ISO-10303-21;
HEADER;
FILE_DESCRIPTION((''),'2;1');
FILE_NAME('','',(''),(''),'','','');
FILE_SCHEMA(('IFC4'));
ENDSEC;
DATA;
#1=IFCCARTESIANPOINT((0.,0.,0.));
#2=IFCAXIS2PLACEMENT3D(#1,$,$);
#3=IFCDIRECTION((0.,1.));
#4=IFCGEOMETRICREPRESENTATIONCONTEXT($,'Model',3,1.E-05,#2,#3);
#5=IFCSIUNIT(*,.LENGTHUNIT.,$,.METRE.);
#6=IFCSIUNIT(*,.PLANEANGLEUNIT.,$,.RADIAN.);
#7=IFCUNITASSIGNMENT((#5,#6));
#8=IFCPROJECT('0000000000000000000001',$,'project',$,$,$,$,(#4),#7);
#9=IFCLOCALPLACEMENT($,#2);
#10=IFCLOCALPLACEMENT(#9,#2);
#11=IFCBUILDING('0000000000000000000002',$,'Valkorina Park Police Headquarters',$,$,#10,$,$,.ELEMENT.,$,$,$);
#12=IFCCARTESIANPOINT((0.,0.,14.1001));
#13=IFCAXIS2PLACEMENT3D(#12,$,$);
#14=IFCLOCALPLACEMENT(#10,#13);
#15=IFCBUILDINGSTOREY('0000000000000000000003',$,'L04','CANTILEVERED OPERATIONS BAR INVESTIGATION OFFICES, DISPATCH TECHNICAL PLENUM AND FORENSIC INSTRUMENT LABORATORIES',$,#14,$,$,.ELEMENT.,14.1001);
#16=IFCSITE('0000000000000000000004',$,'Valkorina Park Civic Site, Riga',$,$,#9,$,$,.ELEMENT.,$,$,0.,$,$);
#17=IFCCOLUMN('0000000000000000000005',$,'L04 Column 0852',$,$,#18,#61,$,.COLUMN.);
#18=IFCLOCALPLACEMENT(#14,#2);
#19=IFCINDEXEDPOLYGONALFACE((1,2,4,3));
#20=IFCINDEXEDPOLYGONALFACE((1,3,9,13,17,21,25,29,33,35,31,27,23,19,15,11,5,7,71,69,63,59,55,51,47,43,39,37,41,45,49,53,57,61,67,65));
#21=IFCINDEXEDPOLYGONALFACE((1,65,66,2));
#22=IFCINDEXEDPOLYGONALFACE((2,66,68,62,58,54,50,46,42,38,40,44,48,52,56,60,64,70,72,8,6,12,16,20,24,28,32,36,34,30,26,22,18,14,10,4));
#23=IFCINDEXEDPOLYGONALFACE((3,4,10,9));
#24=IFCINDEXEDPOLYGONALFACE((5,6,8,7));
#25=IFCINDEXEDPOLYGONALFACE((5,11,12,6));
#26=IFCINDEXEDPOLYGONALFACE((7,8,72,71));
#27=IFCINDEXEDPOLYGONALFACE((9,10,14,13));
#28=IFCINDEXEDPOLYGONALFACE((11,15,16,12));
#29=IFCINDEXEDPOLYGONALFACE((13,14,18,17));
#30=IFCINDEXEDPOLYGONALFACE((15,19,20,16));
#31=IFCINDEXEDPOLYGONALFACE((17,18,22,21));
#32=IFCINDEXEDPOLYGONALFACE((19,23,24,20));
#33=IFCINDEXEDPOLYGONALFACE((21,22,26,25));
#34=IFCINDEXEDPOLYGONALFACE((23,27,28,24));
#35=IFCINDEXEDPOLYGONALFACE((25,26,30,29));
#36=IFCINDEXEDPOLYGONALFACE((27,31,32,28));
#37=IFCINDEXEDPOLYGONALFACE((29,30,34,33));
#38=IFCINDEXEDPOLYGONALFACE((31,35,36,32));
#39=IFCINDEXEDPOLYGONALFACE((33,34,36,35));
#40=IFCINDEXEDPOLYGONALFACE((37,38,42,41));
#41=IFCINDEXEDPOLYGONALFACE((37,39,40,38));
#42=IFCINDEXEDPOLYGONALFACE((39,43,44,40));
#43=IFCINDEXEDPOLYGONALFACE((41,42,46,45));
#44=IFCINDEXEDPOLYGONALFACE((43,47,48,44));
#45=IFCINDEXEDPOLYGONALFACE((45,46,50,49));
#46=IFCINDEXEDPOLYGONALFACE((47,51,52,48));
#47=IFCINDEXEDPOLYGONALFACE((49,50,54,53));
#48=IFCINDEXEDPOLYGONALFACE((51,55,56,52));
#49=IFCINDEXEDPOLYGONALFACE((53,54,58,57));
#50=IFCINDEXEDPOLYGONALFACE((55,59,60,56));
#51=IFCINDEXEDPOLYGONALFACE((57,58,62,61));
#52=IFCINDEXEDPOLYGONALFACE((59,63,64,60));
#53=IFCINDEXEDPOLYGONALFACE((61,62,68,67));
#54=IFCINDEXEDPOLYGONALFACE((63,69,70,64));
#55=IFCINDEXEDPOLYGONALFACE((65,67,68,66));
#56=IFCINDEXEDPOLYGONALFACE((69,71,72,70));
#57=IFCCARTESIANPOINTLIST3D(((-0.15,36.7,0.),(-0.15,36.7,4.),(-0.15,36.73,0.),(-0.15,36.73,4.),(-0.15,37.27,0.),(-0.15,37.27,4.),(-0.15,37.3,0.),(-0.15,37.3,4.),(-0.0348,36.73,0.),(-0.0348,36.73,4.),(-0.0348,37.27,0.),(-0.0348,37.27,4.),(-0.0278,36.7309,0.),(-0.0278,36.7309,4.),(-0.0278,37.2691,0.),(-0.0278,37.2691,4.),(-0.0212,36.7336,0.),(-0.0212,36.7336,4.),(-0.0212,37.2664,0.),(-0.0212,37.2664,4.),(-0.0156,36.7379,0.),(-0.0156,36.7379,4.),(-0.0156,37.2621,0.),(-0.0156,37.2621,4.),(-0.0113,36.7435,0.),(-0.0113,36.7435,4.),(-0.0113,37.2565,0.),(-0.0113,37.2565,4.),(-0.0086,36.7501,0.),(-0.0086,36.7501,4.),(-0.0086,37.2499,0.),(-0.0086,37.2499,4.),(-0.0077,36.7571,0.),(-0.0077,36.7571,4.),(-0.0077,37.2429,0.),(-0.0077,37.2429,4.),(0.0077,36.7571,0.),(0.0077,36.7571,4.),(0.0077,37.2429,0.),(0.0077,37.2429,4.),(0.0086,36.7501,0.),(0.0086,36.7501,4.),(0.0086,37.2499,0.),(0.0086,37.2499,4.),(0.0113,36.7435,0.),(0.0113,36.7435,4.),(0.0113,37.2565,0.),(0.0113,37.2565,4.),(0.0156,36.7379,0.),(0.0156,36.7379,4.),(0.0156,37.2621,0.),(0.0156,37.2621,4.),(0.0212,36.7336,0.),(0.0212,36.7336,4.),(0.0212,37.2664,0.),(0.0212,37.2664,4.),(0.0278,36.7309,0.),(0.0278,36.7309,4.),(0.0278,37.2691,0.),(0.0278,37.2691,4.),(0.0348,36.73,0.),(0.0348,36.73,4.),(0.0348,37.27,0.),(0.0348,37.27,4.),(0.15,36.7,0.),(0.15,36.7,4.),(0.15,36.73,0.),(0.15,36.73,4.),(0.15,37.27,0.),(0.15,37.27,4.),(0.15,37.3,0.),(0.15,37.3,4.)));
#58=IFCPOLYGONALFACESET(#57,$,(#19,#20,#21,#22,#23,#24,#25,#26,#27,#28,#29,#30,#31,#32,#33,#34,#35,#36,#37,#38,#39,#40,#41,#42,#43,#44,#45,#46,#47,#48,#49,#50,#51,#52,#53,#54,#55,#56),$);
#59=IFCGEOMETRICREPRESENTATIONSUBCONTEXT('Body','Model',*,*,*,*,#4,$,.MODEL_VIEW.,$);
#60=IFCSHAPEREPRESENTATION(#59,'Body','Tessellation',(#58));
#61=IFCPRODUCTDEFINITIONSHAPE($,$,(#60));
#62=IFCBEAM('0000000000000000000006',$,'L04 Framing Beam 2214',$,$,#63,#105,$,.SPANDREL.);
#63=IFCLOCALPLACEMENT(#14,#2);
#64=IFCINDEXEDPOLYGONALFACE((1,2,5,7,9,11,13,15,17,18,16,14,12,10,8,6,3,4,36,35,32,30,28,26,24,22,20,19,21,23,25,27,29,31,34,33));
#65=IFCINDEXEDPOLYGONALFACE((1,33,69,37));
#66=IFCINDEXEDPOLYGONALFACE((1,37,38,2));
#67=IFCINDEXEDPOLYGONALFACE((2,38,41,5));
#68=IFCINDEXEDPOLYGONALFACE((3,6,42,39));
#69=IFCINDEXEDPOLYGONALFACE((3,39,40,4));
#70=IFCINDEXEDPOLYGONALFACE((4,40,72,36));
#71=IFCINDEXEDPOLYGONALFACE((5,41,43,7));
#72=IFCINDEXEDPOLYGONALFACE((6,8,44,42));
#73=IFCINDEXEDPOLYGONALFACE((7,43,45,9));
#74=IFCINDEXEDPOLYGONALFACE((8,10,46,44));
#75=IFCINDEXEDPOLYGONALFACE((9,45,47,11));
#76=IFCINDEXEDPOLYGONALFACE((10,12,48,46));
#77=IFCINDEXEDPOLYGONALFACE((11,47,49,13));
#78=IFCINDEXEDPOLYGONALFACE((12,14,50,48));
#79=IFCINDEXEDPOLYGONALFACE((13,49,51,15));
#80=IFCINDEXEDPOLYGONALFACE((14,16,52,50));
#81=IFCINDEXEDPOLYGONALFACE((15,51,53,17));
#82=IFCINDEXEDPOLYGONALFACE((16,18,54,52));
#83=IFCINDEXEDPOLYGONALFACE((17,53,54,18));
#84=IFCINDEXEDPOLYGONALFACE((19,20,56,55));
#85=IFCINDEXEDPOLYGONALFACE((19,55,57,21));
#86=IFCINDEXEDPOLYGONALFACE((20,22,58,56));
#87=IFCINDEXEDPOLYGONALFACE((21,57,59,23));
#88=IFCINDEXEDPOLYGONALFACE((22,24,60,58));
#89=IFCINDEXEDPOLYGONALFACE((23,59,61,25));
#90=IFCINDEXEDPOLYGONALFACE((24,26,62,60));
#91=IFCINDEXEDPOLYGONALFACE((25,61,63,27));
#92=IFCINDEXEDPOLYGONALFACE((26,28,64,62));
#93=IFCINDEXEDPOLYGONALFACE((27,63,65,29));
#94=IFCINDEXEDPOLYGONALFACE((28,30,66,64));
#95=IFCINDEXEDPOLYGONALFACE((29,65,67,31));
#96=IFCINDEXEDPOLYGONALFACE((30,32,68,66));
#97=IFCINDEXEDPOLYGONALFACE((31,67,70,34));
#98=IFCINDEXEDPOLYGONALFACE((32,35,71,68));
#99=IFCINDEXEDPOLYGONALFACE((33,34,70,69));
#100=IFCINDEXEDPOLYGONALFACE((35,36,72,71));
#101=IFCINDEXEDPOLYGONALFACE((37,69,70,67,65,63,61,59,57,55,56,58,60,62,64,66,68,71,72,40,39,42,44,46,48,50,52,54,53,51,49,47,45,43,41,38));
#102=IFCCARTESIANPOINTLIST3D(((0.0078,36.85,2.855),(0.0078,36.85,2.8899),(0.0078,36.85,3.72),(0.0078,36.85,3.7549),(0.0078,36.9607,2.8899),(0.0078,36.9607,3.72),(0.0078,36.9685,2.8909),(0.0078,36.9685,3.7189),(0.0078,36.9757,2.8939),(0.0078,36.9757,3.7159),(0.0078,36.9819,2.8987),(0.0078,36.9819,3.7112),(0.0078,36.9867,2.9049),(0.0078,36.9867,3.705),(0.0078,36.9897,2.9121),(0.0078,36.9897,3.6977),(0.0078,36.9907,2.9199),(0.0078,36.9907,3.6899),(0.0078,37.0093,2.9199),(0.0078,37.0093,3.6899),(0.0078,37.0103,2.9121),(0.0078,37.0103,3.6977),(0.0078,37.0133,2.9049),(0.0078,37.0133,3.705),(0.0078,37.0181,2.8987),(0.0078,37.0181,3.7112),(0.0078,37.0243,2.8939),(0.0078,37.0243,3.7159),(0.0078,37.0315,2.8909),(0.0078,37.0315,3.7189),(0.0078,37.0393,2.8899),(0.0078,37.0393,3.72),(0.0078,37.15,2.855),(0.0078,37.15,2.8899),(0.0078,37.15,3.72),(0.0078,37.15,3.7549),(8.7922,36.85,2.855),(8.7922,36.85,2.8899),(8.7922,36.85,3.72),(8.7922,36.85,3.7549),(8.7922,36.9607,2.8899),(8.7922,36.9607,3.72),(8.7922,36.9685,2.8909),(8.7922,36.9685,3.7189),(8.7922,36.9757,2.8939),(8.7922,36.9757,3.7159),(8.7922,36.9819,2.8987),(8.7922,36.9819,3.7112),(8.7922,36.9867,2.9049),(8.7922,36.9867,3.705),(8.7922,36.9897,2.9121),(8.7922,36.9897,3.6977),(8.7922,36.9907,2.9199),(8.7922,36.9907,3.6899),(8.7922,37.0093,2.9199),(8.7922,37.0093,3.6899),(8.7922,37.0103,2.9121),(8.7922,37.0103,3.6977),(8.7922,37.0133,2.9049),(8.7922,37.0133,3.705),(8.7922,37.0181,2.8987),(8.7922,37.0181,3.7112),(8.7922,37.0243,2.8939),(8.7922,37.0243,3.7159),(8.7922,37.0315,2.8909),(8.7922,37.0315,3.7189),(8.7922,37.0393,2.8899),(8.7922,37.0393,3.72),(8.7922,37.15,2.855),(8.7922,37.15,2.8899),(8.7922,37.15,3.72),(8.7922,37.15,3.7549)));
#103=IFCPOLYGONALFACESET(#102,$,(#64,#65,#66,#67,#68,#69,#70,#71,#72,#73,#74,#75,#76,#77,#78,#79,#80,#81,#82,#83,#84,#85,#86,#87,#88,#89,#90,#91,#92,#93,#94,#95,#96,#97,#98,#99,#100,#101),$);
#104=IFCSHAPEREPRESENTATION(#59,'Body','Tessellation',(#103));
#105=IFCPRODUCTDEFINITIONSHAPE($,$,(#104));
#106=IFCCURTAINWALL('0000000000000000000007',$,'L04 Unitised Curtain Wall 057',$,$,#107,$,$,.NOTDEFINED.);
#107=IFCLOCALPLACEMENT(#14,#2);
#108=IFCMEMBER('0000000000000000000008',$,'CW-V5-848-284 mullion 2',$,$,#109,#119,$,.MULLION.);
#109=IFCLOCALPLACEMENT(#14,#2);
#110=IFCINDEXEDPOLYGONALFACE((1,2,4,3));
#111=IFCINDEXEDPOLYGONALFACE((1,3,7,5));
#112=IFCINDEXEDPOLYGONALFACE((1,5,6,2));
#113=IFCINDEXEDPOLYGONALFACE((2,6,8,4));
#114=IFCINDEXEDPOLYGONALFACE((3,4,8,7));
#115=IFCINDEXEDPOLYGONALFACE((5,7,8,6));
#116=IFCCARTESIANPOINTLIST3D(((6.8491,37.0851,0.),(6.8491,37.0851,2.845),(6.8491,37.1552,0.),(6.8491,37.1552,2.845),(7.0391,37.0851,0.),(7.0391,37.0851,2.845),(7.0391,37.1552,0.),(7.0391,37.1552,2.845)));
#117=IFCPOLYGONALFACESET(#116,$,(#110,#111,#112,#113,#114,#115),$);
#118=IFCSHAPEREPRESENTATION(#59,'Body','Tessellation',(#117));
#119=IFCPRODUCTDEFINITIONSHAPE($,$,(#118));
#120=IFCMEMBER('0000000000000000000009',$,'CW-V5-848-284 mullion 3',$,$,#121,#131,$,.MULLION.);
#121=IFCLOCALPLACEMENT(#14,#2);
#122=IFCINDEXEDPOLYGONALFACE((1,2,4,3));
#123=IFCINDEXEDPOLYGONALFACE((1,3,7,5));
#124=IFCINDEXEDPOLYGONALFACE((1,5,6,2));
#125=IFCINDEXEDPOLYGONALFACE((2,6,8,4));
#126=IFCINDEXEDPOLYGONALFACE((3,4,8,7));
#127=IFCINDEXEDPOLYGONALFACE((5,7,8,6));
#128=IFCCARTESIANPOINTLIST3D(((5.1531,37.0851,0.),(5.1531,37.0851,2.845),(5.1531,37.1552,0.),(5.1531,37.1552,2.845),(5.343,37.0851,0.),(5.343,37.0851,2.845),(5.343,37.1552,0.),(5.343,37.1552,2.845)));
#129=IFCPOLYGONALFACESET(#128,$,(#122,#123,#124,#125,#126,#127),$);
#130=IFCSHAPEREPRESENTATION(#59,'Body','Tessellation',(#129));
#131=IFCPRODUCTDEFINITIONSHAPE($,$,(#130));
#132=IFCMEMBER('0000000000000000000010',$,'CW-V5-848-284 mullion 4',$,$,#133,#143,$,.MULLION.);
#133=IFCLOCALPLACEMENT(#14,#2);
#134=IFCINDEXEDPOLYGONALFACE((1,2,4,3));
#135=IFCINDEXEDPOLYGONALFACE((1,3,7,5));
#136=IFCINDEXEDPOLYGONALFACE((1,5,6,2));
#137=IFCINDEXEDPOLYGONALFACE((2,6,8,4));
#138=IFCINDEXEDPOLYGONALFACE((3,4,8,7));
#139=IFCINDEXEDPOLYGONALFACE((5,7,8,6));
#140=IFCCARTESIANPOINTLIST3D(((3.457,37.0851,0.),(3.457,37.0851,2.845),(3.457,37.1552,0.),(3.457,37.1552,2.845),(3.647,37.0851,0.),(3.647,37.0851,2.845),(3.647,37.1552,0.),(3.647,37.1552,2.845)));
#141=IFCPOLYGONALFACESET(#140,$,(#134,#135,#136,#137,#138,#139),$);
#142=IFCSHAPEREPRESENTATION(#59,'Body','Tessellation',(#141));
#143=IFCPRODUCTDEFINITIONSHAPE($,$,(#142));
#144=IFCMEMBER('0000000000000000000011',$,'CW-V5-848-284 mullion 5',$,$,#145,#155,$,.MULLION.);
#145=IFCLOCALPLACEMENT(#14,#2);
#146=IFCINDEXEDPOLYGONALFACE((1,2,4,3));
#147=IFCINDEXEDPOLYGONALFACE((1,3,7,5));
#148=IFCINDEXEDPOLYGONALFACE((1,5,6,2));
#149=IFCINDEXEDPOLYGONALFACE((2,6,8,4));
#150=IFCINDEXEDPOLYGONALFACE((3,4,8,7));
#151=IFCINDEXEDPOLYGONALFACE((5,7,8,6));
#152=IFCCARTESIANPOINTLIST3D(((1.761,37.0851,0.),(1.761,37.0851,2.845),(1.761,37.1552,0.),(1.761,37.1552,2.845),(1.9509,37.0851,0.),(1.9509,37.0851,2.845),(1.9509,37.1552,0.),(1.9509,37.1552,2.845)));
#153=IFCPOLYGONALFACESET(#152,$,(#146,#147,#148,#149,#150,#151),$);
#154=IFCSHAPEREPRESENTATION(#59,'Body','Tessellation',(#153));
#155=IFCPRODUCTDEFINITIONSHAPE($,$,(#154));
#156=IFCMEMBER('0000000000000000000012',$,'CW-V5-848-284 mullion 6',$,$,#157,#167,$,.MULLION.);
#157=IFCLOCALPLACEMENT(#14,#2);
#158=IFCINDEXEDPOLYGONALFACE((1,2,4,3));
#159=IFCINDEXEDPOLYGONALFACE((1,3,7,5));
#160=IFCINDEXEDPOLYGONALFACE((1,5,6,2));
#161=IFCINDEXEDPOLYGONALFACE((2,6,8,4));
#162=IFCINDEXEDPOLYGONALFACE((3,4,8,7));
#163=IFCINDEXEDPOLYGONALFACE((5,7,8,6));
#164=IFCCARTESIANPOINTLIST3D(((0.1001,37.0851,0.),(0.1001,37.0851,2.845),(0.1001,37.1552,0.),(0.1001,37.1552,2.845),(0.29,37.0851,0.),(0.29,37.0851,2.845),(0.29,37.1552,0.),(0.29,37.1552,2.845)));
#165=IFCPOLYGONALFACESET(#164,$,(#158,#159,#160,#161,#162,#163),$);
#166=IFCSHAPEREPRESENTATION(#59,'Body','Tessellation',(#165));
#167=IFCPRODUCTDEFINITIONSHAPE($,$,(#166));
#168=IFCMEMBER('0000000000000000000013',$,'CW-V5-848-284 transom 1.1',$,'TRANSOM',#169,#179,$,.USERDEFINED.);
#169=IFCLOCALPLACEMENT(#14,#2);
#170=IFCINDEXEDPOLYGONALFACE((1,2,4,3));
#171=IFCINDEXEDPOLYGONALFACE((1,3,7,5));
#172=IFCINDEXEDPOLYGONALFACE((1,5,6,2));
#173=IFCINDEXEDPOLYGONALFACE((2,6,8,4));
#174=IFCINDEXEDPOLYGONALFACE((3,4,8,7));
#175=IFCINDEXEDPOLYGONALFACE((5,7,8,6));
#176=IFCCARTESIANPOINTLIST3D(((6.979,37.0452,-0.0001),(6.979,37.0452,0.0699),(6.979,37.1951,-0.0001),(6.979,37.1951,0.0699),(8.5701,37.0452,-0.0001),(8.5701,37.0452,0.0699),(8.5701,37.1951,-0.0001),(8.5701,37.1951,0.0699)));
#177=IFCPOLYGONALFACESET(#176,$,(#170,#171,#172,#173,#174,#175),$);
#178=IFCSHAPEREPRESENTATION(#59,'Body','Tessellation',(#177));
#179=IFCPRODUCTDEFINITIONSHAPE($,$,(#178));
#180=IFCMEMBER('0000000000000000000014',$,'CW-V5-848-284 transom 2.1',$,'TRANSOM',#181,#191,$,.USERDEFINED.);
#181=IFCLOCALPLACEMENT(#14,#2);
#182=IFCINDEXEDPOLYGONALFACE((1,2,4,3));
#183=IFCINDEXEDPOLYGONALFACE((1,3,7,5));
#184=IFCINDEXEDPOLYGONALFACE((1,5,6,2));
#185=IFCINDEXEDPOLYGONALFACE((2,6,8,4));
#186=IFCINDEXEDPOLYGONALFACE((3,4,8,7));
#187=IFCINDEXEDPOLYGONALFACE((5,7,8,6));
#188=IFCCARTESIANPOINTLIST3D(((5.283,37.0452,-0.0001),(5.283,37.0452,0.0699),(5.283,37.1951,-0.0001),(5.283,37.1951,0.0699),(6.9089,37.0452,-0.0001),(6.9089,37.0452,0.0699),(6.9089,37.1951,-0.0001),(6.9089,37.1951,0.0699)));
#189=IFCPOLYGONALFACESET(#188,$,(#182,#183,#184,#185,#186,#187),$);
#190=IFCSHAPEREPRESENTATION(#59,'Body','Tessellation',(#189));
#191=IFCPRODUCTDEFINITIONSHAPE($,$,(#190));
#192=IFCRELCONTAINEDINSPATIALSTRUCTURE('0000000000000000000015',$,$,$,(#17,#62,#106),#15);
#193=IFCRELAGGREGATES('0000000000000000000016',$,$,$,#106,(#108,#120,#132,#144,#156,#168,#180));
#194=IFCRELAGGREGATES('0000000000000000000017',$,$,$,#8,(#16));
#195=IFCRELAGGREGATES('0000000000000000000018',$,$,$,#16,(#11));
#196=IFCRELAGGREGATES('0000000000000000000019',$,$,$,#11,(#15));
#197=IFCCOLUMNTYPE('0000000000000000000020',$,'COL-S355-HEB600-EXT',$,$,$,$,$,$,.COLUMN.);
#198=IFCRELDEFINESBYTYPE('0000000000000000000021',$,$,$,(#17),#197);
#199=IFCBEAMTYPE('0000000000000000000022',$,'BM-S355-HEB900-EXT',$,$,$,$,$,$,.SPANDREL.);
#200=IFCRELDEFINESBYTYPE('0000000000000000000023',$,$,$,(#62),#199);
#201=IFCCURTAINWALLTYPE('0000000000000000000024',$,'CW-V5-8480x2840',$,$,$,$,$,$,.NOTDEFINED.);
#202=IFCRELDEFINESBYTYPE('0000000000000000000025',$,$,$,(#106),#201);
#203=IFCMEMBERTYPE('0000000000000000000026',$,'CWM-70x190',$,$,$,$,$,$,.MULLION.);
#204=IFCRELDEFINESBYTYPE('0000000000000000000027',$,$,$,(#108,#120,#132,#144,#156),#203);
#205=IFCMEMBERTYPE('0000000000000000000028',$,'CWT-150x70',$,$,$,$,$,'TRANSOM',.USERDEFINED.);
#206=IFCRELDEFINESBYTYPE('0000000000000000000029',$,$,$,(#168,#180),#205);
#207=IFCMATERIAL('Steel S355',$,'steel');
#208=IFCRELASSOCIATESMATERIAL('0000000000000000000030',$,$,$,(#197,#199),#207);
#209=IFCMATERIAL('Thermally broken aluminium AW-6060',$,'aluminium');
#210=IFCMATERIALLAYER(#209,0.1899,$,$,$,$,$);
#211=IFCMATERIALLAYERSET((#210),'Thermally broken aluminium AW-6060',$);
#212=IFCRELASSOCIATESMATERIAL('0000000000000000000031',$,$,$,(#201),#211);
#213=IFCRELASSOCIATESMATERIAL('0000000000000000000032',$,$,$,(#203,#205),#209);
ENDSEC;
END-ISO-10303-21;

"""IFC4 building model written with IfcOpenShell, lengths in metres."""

from ifc_helpers import new_model, si_unit, direction, frame, origin, origin_2d, place, context, subcontext, project, spatial, rectangle, i_section, extrude, material, layer, layer_set, material_profile, profile_set, type_object, element, aggregate, save


model = new_model("IFC4")

# Units and contexts
model_context = context("Model", 3, precision=1e-05, world=origin(), true_north=direction((0.0, 1.0)))
body_context = subcontext(model_context, "Body", "Model", "MODEL_VIEW")
ifc_project = project(units=[si_unit("LENGTHUNIT", "METRE"), si_unit("PLANEANGLEUNIT", "RADIAN")], contexts=[model_context])

# Site, building, storey
site_placement = place(None, origin())
site = spatial("IfcSite", under=ifc_project, at=site_placement, Name="Valkorina Park Civic Site, Riga", CompositionType="ELEMENT", RefElevation=0.0)
building_placement = place(site_placement, origin())
building = spatial("IfcBuilding", under=site, at=building_placement, Name="Valkorina Park Police Headquarters", CompositionType="ELEMENT")
storey_placement = place(building_placement, frame((0.0, 0.0, 14.1001)))
storey = spatial("IfcBuildingStorey", under=building, at=storey_placement, Name="L04", Description="CANTILEVERED OPERATIONS BAR INVESTIGATION OFFICES, DISPATCH TECHNICAL PLENUM AND FORENSIC INSTRUMENT LABORATORIES", CompositionType="ELEMENT", Elevation=14.1001)

# Column
ifc_material_1 = material(Name="Steel S355", Category="steel")
ifc_material_profile_1 = material_profile(ifc_material_1, i_section(OverallWidth=0.3, OverallDepth=0.6001, WebThickness=0.0154, FlangeThickness=0.03, FilletRadius=0.0271, at=origin_2d()), Name="HEB 600")
ifc_profile_set_1 = profile_set([ifc_material_profile_1], Name="Steel S355")
column_type = type_object("IfcColumnType", Name="COL-S355-HEB600-EXT", PredefinedType="COLUMN", material=ifc_profile_set_1)
column_placement = place(storey_placement, frame((0.0, 37.0, 0.0), z_axis=(0.0, 0.0, 1.0), x_axis=(1.0, 0.0, 0.0)))
element("IfcColumn", 1, at=column_placement, inside=storey, type_object=column_type, Name="L04 Column 0852", PredefinedType="COLUMN", context=body_context, shape_type="SweptSolid", body=[
    extrude(i_section(OverallWidth=0.3, OverallDepth=0.6001, WebThickness=0.0154, FlangeThickness=0.03, FilletRadius=0.0271, at=origin_2d()), origin(), (0.0, 0.0, 1.0), 4.0),
])

# Beam
ifc_material_profile_2 = material_profile(ifc_material_1, i_section(OverallWidth=0.3, OverallDepth=0.8999, WebThickness=0.0186, FlangeThickness=0.0349, FilletRadius=0.03, at=origin_2d()), Name="HEB 900")
ifc_profile_set_2 = profile_set([ifc_material_profile_2], Name="Steel S355")
beam_type = type_object("IfcBeamType", Name="BM-S355-HEB900-EXT", PredefinedType="SPANDREL", material=ifc_profile_set_2)
beam_placement = place(storey_placement, frame((0.0078, 37.0, 3.3049), z_axis=(1.0, 0.0, 0.0), x_axis=(0.0, 1.0, 0.0)))
element("IfcBeam", 2, at=beam_placement, inside=storey, type_object=beam_type, Name="L04 Framing Beam 2214", PredefinedType="SPANDREL", context=body_context, shape_type="SweptSolid", body=[
    extrude(i_section(OverallWidth=0.3, OverallDepth=0.8999, WebThickness=0.0186, FlangeThickness=0.0349, FilletRadius=0.03, at=origin_2d()), origin(), (0.0, 0.0, 1.0), 8.7844),
])

# Curtain wall, members
ifc_material_2 = material(Name="Thermally broken aluminium AW-6060", Category="aluminium")
ifc_layer_1 = layer(ifc_material_2, 0.1899)
ifc_layer_set_1 = layer_set([ifc_layer_1], Name="Thermally broken aluminium AW-6060")
curtain_wall_type = type_object("IfcCurtainWallType", Name="CW-V5-8480x2840", PredefinedType="NOTDEFINED", material=ifc_layer_set_1)
curtain_wall_placement = place(storey_placement, origin())
curtain_wall = element("IfcCurtainWall", 3, at=curtain_wall_placement, inside=storey, type_object=curtain_wall_type, Name="L04 Unitised Curtain Wall 057", PredefinedType="NOTDEFINED")
ifc_material_profile_3 = material_profile(ifc_material_2, rectangle(XDim=0.0701, YDim=0.1899, at=origin_2d()), Name="CWM-02 70x190")
ifc_profile_set_3 = profile_set([ifc_material_profile_3], Name="Thermally broken aluminium AW-6060")
member_type_1 = type_object("IfcMemberType", Name="CWM-70x190", PredefinedType="MULLION", material=ifc_profile_set_3)
member_1_placement = place(storey_placement, frame((6.9441, 37.1201, 0.0), z_axis=(0.0, 0.0, 1.0), x_axis=(0.0, -1.0, 0.0)))
member_1 = element("IfcMember", 4, at=member_1_placement, type_object=member_type_1, Name="CW-V5-848-284 mullion 2", PredefinedType="MULLION", context=body_context, shape_type="SweptSolid", body=[
    extrude(rectangle(XDim=0.0701, YDim=0.1899, at=origin_2d()), origin(), (0.0, 0.0, 1.0), 2.845),
])
member_2_placement = place(storey_placement, frame((5.248, 37.1201, 0.0), z_axis=(0.0, 0.0, 1.0), x_axis=(0.0, -1.0, 0.0)))
member_2 = element("IfcMember", 5, at=member_2_placement, type_object=member_type_1, Name="CW-V5-848-284 mullion 3", PredefinedType="MULLION", context=body_context, shape_type="SweptSolid", body=[
    extrude(rectangle(XDim=0.0701, YDim=0.1899, at=origin_2d()), origin(), (0.0, 0.0, 1.0), 2.845),
])
member_3_placement = place(storey_placement, frame((3.552, 37.1201, 0.0), z_axis=(0.0, 0.0, 1.0), x_axis=(0.0, -1.0, 0.0)))
member_3 = element("IfcMember", 6, at=member_3_placement, type_object=member_type_1, Name="CW-V5-848-284 mullion 4", PredefinedType="MULLION", context=body_context, shape_type="SweptSolid", body=[
    extrude(rectangle(XDim=0.0701, YDim=0.1899, at=origin_2d()), origin(), (0.0, 0.0, 1.0), 2.845),
])
member_4_placement = place(storey_placement, frame((1.856, 37.1201, 0.0), z_axis=(0.0, 0.0, 1.0), x_axis=(0.0, -1.0, 0.0)))
member_4 = element("IfcMember", 7, at=member_4_placement, type_object=member_type_1, Name="CW-V5-848-284 mullion 5", PredefinedType="MULLION", context=body_context, shape_type="SweptSolid", body=[
    extrude(rectangle(XDim=0.0701, YDim=0.1899, at=origin_2d()), origin(), (0.0, 0.0, 1.0), 2.845),
])
member_5_placement = place(storey_placement, frame((0.1951, 37.1201, 0.0), z_axis=(0.0, 0.0, 1.0), x_axis=(0.0, -1.0, 0.0)))
member_5 = element("IfcMember", 8, at=member_5_placement, type_object=member_type_1, Name="CW-V5-848-284 mullion 6", PredefinedType="MULLION", context=body_context, shape_type="SweptSolid", body=[
    extrude(rectangle(XDim=0.0701, YDim=0.1899, at=origin_2d()), origin(), (0.0, 0.0, 1.0), 2.845),
])
ifc_material_profile_4 = material_profile(ifc_material_2, rectangle(XDim=0.1499, YDim=0.0701, at=origin_2d()), Name="CWT-02 150x70")
ifc_profile_set_4 = profile_set([ifc_material_profile_4], Name="Thermally broken aluminium AW-6060")
member_type_2 = type_object("IfcMemberType", Name="CWT-150x70", ElementType="TRANSOM", PredefinedType="USERDEFINED", material=ifc_profile_set_4)
member_6_placement = place(storey_placement, frame((8.5701, 37.1201, 0.0349), z_axis=(-1.0, 0.0, 0.0), x_axis=(0.0, -1.0, 0.0)))
member_6 = element("IfcMember", 9, at=member_6_placement, type_object=member_type_2, Name="CW-V5-848-284 transom 1.1", ObjectType="TRANSOM", PredefinedType="USERDEFINED", context=body_context, shape_type="SweptSolid", body=[
    extrude(rectangle(XDim=0.1499, YDim=0.0701, at=origin_2d()), origin(), (0.0, 0.0, 1.0), 1.5911),
])
member_7_placement = place(storey_placement, frame((6.9089, 37.1201, 0.0349), z_axis=(-1.0, 0.0, 0.0), x_axis=(0.0, -1.0, 0.0)))
member_7 = element("IfcMember", 10, at=member_7_placement, type_object=member_type_2, Name="CW-V5-848-284 transom 2.1", ObjectType="TRANSOM", PredefinedType="USERDEFINED", context=body_context, shape_type="SweptSolid", body=[
    extrude(rectangle(XDim=0.1499, YDim=0.0701, at=origin_2d()), origin(), (0.0, 0.0, 1.0), 1.626),
])
aggregate(curtain_wall, [member_1, member_2, member_3, member_4, member_5, member_6, member_7])

save(model, "model.ifc")
